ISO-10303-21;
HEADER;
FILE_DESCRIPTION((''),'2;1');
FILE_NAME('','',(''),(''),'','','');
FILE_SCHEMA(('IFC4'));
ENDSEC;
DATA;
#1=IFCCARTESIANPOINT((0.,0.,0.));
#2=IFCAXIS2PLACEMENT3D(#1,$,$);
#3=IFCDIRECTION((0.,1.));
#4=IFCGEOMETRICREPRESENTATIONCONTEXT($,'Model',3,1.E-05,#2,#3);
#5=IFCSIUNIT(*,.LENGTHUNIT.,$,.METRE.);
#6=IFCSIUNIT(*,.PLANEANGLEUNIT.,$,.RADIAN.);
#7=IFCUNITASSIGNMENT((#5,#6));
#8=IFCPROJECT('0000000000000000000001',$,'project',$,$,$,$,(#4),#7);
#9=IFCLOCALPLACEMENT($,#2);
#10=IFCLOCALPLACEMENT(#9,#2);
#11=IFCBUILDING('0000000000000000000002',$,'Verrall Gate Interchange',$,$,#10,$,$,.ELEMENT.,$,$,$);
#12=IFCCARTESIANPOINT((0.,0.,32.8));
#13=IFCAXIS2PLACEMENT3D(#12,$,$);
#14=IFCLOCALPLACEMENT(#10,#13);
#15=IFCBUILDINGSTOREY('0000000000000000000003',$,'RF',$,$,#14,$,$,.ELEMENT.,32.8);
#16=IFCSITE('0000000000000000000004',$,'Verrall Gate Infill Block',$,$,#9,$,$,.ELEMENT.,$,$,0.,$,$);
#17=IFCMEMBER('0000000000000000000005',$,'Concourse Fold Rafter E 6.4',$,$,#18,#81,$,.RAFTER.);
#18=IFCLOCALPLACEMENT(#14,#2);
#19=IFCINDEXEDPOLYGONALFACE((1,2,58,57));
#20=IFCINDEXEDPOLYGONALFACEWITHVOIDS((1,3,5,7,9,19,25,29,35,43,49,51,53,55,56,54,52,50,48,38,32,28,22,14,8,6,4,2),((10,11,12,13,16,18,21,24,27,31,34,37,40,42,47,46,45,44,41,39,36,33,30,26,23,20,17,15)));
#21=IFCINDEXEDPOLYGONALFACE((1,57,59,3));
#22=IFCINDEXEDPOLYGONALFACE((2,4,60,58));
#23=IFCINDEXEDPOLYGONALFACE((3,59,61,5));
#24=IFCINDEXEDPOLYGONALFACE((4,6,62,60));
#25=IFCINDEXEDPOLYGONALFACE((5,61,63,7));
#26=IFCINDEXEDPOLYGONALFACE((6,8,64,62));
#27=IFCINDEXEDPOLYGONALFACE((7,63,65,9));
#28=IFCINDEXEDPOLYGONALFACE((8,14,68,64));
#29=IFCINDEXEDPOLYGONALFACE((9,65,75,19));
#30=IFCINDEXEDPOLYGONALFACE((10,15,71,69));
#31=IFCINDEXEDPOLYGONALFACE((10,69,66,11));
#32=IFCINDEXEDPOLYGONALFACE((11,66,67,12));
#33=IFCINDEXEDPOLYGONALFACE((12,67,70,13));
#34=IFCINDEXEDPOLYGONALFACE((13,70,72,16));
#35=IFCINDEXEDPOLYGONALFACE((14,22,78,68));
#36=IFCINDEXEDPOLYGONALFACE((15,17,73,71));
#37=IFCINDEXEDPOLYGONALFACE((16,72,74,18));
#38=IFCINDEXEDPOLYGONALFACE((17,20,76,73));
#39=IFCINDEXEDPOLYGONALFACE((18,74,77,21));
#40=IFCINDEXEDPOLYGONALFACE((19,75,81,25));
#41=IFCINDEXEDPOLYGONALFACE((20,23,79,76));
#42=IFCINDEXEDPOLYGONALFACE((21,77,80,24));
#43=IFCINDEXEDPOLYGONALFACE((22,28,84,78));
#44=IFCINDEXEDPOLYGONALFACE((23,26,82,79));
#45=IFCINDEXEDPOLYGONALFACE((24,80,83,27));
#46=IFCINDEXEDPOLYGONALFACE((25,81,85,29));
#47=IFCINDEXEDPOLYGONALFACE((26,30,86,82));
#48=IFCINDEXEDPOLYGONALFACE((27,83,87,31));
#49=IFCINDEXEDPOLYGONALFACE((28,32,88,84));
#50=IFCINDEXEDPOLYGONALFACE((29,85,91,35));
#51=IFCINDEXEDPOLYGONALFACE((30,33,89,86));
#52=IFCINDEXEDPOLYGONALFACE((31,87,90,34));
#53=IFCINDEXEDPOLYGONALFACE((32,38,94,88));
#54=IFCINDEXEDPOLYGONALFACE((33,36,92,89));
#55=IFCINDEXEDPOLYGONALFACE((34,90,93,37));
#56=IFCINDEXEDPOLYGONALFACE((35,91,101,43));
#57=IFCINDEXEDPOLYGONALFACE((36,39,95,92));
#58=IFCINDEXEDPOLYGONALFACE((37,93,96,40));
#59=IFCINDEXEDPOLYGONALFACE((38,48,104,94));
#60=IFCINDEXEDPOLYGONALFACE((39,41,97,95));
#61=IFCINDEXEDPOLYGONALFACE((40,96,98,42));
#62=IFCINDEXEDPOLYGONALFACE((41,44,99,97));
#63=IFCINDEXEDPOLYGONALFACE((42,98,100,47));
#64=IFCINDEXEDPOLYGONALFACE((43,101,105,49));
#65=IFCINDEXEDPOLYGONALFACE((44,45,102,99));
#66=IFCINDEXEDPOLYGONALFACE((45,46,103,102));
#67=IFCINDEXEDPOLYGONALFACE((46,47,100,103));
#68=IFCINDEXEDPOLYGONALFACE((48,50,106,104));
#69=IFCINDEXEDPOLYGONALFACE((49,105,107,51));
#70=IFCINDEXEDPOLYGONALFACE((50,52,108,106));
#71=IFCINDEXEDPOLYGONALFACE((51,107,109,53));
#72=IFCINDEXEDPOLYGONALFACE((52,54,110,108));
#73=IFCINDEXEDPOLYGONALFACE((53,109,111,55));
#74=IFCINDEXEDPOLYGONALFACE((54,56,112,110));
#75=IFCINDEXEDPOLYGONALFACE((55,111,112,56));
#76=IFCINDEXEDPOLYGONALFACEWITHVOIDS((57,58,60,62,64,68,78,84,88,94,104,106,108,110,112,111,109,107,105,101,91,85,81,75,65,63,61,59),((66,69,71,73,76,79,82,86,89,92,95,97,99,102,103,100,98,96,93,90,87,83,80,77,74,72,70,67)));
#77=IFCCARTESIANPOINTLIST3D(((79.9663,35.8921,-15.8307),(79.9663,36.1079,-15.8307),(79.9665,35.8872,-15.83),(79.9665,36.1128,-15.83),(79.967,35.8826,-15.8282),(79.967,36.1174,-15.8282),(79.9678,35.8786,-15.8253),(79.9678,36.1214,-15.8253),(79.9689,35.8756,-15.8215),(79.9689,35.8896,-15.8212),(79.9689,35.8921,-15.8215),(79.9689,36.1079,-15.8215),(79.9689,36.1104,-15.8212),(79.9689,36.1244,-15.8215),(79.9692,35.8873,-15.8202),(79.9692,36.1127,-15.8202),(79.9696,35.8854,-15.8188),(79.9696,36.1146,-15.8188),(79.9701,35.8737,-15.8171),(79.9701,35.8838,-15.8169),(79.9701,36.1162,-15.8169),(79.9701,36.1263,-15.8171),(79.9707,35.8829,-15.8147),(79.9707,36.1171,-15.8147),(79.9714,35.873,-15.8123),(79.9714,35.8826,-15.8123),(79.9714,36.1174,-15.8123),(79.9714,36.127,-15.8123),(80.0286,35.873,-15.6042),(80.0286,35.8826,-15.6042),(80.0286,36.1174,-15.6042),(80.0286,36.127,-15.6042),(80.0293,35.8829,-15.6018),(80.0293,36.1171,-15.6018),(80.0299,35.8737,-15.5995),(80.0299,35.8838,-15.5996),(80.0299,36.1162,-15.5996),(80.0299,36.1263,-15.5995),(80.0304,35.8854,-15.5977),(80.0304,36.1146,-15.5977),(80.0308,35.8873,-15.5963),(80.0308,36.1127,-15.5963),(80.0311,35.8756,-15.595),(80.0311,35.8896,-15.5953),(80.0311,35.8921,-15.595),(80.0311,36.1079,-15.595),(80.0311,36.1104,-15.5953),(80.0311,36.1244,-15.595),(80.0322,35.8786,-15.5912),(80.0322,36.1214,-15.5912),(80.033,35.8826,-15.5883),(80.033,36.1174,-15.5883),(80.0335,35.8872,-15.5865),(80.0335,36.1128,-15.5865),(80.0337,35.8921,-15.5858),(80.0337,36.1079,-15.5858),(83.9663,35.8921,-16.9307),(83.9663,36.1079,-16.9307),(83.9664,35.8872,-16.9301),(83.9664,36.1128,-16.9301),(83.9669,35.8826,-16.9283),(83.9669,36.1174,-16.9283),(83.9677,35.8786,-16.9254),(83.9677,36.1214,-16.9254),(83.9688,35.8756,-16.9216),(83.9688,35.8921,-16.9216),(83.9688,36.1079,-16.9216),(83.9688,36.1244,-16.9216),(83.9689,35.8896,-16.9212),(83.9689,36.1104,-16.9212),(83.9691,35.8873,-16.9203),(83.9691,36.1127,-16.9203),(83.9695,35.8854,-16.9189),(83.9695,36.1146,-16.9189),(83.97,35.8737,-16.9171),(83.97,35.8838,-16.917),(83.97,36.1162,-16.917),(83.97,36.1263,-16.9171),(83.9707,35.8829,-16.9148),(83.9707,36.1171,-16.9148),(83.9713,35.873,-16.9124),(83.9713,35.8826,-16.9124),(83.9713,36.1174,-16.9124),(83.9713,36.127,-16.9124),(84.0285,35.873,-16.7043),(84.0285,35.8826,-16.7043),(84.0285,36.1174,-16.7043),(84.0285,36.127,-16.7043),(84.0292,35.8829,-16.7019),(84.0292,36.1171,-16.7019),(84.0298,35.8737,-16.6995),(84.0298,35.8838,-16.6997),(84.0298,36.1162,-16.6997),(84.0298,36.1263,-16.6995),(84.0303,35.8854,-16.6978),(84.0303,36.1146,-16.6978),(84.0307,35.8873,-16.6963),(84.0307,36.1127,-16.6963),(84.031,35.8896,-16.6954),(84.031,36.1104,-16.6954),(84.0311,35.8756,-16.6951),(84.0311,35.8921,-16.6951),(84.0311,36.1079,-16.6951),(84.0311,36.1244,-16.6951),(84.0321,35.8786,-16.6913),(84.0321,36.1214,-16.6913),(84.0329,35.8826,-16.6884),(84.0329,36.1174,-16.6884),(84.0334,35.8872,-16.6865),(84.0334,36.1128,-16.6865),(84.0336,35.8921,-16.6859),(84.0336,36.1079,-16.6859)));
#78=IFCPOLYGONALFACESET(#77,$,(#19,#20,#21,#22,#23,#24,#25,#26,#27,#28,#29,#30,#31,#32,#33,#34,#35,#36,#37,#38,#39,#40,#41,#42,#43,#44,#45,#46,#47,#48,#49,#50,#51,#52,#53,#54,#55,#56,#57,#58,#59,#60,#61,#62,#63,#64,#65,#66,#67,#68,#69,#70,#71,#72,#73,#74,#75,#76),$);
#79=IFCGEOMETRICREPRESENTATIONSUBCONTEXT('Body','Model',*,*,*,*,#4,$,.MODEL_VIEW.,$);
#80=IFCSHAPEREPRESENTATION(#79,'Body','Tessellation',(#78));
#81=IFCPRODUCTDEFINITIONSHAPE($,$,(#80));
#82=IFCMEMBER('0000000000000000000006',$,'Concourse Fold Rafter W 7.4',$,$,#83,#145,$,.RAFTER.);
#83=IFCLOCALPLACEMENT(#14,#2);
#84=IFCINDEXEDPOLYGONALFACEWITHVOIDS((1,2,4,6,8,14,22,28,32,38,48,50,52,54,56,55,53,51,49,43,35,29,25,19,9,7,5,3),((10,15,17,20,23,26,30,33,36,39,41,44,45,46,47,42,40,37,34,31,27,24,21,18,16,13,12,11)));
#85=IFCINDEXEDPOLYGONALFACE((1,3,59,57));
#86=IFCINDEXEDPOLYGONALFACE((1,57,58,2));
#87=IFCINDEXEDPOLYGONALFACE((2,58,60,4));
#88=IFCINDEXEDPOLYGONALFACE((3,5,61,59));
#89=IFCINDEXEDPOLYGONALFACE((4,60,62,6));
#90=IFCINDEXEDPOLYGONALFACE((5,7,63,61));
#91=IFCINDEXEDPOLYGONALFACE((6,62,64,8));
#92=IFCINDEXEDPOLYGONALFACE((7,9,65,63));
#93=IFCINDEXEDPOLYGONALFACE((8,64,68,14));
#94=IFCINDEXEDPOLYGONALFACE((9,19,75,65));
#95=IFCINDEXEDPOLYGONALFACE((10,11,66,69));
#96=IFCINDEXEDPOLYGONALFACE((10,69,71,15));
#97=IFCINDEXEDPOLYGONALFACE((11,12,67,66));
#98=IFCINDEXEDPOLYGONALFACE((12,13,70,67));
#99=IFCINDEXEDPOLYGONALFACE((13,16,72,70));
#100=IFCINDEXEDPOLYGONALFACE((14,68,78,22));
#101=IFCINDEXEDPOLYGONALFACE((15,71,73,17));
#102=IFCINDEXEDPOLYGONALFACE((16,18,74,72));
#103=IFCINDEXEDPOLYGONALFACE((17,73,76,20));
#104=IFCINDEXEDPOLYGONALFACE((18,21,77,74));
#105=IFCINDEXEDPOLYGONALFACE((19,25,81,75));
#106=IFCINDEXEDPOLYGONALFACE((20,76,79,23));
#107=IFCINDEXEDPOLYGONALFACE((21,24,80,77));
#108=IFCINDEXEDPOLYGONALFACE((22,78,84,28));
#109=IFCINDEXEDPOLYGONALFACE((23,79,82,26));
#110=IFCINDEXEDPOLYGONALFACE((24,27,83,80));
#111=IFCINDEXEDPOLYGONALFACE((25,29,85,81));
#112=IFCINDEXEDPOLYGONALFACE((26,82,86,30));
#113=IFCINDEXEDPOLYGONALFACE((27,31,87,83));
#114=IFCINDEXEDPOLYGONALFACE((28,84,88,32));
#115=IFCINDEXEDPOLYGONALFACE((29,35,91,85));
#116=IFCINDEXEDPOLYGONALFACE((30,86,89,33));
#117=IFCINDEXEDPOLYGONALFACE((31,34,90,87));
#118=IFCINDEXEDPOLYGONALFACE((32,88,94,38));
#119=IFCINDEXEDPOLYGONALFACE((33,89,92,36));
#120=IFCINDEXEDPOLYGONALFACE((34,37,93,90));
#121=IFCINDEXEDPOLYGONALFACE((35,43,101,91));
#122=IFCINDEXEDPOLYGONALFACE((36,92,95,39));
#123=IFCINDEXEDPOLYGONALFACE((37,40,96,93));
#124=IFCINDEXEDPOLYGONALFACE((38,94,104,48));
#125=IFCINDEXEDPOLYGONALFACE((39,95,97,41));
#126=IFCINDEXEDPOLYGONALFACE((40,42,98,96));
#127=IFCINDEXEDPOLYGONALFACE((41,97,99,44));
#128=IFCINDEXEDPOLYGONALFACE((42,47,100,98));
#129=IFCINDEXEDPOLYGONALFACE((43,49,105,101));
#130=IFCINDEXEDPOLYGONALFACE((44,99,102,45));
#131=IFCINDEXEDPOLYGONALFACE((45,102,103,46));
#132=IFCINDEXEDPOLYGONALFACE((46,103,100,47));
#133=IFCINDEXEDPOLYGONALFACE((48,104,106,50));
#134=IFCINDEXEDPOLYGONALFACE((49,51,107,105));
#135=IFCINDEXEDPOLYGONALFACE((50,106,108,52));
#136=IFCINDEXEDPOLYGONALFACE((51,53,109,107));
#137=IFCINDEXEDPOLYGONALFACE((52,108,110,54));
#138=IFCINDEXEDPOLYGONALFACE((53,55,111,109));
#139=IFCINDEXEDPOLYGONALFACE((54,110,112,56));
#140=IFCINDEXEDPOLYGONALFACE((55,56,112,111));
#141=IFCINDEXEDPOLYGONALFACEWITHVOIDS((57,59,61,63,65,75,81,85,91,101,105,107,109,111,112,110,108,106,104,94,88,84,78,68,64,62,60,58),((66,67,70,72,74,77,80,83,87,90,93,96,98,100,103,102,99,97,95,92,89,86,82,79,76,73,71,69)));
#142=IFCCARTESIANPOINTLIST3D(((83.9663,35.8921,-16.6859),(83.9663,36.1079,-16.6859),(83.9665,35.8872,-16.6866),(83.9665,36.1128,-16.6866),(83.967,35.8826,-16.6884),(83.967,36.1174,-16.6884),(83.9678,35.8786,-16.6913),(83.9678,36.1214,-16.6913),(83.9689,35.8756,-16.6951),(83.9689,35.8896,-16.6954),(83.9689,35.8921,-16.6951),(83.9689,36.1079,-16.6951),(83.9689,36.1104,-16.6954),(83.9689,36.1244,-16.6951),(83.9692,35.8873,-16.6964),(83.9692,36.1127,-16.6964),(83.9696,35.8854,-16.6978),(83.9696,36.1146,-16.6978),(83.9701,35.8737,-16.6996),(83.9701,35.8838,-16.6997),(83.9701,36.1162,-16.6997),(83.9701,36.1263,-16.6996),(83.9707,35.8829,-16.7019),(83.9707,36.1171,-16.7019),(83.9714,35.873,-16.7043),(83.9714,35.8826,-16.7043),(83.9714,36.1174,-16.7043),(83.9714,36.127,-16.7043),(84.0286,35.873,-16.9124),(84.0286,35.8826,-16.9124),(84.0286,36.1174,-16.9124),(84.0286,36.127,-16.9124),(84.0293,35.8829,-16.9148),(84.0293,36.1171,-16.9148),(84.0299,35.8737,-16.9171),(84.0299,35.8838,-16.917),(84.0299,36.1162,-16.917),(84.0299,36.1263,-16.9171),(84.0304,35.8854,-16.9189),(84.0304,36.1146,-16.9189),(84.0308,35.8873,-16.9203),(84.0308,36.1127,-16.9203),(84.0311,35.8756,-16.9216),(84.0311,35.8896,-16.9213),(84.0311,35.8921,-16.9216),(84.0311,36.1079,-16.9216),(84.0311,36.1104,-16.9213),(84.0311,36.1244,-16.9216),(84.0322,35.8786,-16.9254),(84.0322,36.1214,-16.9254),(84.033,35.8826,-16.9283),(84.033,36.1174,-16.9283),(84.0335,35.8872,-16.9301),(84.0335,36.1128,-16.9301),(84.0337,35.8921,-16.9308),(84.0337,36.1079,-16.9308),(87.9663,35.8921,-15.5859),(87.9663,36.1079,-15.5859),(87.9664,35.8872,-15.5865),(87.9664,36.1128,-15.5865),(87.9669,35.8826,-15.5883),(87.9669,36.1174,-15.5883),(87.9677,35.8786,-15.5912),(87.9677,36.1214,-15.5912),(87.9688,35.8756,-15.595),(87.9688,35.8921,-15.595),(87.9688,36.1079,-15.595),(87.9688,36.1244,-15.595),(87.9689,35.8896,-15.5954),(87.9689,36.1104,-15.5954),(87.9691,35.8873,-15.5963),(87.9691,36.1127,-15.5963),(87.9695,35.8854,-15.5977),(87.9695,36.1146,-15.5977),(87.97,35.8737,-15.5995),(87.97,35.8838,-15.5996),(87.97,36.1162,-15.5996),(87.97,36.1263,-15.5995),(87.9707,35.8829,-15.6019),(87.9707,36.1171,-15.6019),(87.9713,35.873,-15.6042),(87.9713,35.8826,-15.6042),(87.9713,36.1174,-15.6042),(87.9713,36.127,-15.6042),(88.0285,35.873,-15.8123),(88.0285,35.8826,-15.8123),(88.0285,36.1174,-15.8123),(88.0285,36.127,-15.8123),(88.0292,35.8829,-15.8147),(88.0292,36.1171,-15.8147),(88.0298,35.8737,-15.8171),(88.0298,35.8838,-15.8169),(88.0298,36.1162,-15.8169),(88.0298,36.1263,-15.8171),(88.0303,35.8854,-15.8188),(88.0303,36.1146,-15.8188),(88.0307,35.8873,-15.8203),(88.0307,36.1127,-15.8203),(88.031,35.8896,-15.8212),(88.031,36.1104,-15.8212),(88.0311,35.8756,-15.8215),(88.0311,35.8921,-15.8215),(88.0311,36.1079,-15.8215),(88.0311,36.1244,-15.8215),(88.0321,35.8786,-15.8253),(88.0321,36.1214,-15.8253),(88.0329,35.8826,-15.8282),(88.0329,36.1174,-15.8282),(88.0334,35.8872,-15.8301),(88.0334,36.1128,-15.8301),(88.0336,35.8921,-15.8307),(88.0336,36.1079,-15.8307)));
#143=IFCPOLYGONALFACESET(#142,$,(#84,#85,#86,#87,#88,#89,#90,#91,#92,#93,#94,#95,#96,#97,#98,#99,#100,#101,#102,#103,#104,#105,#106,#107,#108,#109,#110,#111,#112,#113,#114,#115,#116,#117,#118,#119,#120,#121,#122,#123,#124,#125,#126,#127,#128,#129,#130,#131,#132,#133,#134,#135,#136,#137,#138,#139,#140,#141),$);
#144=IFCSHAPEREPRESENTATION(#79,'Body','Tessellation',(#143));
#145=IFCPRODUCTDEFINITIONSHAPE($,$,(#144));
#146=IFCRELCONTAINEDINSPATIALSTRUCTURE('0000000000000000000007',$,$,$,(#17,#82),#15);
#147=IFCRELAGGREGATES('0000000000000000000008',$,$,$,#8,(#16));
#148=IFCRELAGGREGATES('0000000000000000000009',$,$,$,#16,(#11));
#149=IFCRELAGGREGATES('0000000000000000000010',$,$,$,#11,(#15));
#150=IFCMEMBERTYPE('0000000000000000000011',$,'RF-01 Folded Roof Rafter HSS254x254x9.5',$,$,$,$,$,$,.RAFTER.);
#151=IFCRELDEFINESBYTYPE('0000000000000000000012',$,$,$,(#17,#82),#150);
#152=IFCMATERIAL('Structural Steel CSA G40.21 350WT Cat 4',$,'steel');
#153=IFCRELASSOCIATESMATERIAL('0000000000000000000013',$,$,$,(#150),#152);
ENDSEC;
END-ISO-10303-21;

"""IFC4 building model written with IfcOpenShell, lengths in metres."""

from ifc_helpers import new_model, si_unit, direction, frame, origin, origin_2d, place, context, subcontext, project, spatial, hollow_rectangle, extrude, material, material_profile, profile_set, type_object, element, save


model = new_model("IFC4")

# Units and contexts
model_context = context("Model", 3, precision=1e-05, world=origin(), true_north=direction((0.0, 1.0)))
body_context = subcontext(model_context, "Body", "Model", "MODEL_VIEW")
ifc_project = project(units=[si_unit("LENGTHUNIT", "METRE"), si_unit("PLANEANGLEUNIT", "RADIAN")], contexts=[model_context])

# Site, building, storey
site_placement = place(None, origin())
site = spatial("IfcSite", under=ifc_project, at=site_placement, Name="Verrall Gate Infill Block", CompositionType="ELEMENT", RefElevation=0.0)
building_placement = place(site_placement, origin())
building = spatial("IfcBuilding", under=site, at=building_placement, Name="Verrall Gate Interchange", CompositionType="ELEMENT")
storey_placement = place(building_placement, frame((0.0, 0.0, 32.8)))
storey = spatial("IfcBuildingStorey", under=building, at=storey_placement, Name="RF", CompositionType="ELEMENT", Elevation=32.8)

# Members
ifc_material_1 = material(Name="Structural Steel CSA G40.21 350WT Cat 4", Category="steel")
ifc_material_profile_1 = material_profile(ifc_material_1, hollow_rectangle(XDim=0.2539, YDim=0.2539, WallThickness=0.0095, InnerFilletRadius=0.0095, OuterFilletRadius=0.019, at=origin_2d()), Name="HSS254x254x9.5")
ifc_profile_set_1 = profile_set([ifc_material_profile_1], Name="Structural Steel CSA G40.21 350WT Cat 4")
member_type_1 = type_object("IfcMemberType", Name="RF-01 Folded Roof Rafter HSS254x254x9.5", PredefinedType="RAFTER", material=ifc_profile_set_1)
for number, where, z_axis, x_axis, name in (
    (1, (80.0, 36.0, -15.7083), (0.964199, 0.0, -0.265178), (0.0, 1.0, 0.0), "Concourse Fold Rafter E 6.4"),
    (2, (84.0, 36.0, -16.8083), (0.964199, 0.0, 0.265178), (0.0, 1.0, 0.0), "Concourse Fold Rafter W 7.4"),
):
    element("IfcMember", number, at=place(storey_placement, frame(where, z_axis=z_axis, x_axis=x_axis)), inside=storey, type_object=member_type_1, Name=name, PredefinedType="RAFTER", context=body_context, shape_type="SweptSolid", body=[
        extrude(hollow_rectangle(XDim=0.2539, YDim=0.2539, WallThickness=0.0095, InnerFilletRadius=0.0095, OuterFilletRadius=0.019, at=origin_2d()), origin(), (0.0, 0.0, 1.0), 4.1484),
    ])

save(model, "model.ifc")
